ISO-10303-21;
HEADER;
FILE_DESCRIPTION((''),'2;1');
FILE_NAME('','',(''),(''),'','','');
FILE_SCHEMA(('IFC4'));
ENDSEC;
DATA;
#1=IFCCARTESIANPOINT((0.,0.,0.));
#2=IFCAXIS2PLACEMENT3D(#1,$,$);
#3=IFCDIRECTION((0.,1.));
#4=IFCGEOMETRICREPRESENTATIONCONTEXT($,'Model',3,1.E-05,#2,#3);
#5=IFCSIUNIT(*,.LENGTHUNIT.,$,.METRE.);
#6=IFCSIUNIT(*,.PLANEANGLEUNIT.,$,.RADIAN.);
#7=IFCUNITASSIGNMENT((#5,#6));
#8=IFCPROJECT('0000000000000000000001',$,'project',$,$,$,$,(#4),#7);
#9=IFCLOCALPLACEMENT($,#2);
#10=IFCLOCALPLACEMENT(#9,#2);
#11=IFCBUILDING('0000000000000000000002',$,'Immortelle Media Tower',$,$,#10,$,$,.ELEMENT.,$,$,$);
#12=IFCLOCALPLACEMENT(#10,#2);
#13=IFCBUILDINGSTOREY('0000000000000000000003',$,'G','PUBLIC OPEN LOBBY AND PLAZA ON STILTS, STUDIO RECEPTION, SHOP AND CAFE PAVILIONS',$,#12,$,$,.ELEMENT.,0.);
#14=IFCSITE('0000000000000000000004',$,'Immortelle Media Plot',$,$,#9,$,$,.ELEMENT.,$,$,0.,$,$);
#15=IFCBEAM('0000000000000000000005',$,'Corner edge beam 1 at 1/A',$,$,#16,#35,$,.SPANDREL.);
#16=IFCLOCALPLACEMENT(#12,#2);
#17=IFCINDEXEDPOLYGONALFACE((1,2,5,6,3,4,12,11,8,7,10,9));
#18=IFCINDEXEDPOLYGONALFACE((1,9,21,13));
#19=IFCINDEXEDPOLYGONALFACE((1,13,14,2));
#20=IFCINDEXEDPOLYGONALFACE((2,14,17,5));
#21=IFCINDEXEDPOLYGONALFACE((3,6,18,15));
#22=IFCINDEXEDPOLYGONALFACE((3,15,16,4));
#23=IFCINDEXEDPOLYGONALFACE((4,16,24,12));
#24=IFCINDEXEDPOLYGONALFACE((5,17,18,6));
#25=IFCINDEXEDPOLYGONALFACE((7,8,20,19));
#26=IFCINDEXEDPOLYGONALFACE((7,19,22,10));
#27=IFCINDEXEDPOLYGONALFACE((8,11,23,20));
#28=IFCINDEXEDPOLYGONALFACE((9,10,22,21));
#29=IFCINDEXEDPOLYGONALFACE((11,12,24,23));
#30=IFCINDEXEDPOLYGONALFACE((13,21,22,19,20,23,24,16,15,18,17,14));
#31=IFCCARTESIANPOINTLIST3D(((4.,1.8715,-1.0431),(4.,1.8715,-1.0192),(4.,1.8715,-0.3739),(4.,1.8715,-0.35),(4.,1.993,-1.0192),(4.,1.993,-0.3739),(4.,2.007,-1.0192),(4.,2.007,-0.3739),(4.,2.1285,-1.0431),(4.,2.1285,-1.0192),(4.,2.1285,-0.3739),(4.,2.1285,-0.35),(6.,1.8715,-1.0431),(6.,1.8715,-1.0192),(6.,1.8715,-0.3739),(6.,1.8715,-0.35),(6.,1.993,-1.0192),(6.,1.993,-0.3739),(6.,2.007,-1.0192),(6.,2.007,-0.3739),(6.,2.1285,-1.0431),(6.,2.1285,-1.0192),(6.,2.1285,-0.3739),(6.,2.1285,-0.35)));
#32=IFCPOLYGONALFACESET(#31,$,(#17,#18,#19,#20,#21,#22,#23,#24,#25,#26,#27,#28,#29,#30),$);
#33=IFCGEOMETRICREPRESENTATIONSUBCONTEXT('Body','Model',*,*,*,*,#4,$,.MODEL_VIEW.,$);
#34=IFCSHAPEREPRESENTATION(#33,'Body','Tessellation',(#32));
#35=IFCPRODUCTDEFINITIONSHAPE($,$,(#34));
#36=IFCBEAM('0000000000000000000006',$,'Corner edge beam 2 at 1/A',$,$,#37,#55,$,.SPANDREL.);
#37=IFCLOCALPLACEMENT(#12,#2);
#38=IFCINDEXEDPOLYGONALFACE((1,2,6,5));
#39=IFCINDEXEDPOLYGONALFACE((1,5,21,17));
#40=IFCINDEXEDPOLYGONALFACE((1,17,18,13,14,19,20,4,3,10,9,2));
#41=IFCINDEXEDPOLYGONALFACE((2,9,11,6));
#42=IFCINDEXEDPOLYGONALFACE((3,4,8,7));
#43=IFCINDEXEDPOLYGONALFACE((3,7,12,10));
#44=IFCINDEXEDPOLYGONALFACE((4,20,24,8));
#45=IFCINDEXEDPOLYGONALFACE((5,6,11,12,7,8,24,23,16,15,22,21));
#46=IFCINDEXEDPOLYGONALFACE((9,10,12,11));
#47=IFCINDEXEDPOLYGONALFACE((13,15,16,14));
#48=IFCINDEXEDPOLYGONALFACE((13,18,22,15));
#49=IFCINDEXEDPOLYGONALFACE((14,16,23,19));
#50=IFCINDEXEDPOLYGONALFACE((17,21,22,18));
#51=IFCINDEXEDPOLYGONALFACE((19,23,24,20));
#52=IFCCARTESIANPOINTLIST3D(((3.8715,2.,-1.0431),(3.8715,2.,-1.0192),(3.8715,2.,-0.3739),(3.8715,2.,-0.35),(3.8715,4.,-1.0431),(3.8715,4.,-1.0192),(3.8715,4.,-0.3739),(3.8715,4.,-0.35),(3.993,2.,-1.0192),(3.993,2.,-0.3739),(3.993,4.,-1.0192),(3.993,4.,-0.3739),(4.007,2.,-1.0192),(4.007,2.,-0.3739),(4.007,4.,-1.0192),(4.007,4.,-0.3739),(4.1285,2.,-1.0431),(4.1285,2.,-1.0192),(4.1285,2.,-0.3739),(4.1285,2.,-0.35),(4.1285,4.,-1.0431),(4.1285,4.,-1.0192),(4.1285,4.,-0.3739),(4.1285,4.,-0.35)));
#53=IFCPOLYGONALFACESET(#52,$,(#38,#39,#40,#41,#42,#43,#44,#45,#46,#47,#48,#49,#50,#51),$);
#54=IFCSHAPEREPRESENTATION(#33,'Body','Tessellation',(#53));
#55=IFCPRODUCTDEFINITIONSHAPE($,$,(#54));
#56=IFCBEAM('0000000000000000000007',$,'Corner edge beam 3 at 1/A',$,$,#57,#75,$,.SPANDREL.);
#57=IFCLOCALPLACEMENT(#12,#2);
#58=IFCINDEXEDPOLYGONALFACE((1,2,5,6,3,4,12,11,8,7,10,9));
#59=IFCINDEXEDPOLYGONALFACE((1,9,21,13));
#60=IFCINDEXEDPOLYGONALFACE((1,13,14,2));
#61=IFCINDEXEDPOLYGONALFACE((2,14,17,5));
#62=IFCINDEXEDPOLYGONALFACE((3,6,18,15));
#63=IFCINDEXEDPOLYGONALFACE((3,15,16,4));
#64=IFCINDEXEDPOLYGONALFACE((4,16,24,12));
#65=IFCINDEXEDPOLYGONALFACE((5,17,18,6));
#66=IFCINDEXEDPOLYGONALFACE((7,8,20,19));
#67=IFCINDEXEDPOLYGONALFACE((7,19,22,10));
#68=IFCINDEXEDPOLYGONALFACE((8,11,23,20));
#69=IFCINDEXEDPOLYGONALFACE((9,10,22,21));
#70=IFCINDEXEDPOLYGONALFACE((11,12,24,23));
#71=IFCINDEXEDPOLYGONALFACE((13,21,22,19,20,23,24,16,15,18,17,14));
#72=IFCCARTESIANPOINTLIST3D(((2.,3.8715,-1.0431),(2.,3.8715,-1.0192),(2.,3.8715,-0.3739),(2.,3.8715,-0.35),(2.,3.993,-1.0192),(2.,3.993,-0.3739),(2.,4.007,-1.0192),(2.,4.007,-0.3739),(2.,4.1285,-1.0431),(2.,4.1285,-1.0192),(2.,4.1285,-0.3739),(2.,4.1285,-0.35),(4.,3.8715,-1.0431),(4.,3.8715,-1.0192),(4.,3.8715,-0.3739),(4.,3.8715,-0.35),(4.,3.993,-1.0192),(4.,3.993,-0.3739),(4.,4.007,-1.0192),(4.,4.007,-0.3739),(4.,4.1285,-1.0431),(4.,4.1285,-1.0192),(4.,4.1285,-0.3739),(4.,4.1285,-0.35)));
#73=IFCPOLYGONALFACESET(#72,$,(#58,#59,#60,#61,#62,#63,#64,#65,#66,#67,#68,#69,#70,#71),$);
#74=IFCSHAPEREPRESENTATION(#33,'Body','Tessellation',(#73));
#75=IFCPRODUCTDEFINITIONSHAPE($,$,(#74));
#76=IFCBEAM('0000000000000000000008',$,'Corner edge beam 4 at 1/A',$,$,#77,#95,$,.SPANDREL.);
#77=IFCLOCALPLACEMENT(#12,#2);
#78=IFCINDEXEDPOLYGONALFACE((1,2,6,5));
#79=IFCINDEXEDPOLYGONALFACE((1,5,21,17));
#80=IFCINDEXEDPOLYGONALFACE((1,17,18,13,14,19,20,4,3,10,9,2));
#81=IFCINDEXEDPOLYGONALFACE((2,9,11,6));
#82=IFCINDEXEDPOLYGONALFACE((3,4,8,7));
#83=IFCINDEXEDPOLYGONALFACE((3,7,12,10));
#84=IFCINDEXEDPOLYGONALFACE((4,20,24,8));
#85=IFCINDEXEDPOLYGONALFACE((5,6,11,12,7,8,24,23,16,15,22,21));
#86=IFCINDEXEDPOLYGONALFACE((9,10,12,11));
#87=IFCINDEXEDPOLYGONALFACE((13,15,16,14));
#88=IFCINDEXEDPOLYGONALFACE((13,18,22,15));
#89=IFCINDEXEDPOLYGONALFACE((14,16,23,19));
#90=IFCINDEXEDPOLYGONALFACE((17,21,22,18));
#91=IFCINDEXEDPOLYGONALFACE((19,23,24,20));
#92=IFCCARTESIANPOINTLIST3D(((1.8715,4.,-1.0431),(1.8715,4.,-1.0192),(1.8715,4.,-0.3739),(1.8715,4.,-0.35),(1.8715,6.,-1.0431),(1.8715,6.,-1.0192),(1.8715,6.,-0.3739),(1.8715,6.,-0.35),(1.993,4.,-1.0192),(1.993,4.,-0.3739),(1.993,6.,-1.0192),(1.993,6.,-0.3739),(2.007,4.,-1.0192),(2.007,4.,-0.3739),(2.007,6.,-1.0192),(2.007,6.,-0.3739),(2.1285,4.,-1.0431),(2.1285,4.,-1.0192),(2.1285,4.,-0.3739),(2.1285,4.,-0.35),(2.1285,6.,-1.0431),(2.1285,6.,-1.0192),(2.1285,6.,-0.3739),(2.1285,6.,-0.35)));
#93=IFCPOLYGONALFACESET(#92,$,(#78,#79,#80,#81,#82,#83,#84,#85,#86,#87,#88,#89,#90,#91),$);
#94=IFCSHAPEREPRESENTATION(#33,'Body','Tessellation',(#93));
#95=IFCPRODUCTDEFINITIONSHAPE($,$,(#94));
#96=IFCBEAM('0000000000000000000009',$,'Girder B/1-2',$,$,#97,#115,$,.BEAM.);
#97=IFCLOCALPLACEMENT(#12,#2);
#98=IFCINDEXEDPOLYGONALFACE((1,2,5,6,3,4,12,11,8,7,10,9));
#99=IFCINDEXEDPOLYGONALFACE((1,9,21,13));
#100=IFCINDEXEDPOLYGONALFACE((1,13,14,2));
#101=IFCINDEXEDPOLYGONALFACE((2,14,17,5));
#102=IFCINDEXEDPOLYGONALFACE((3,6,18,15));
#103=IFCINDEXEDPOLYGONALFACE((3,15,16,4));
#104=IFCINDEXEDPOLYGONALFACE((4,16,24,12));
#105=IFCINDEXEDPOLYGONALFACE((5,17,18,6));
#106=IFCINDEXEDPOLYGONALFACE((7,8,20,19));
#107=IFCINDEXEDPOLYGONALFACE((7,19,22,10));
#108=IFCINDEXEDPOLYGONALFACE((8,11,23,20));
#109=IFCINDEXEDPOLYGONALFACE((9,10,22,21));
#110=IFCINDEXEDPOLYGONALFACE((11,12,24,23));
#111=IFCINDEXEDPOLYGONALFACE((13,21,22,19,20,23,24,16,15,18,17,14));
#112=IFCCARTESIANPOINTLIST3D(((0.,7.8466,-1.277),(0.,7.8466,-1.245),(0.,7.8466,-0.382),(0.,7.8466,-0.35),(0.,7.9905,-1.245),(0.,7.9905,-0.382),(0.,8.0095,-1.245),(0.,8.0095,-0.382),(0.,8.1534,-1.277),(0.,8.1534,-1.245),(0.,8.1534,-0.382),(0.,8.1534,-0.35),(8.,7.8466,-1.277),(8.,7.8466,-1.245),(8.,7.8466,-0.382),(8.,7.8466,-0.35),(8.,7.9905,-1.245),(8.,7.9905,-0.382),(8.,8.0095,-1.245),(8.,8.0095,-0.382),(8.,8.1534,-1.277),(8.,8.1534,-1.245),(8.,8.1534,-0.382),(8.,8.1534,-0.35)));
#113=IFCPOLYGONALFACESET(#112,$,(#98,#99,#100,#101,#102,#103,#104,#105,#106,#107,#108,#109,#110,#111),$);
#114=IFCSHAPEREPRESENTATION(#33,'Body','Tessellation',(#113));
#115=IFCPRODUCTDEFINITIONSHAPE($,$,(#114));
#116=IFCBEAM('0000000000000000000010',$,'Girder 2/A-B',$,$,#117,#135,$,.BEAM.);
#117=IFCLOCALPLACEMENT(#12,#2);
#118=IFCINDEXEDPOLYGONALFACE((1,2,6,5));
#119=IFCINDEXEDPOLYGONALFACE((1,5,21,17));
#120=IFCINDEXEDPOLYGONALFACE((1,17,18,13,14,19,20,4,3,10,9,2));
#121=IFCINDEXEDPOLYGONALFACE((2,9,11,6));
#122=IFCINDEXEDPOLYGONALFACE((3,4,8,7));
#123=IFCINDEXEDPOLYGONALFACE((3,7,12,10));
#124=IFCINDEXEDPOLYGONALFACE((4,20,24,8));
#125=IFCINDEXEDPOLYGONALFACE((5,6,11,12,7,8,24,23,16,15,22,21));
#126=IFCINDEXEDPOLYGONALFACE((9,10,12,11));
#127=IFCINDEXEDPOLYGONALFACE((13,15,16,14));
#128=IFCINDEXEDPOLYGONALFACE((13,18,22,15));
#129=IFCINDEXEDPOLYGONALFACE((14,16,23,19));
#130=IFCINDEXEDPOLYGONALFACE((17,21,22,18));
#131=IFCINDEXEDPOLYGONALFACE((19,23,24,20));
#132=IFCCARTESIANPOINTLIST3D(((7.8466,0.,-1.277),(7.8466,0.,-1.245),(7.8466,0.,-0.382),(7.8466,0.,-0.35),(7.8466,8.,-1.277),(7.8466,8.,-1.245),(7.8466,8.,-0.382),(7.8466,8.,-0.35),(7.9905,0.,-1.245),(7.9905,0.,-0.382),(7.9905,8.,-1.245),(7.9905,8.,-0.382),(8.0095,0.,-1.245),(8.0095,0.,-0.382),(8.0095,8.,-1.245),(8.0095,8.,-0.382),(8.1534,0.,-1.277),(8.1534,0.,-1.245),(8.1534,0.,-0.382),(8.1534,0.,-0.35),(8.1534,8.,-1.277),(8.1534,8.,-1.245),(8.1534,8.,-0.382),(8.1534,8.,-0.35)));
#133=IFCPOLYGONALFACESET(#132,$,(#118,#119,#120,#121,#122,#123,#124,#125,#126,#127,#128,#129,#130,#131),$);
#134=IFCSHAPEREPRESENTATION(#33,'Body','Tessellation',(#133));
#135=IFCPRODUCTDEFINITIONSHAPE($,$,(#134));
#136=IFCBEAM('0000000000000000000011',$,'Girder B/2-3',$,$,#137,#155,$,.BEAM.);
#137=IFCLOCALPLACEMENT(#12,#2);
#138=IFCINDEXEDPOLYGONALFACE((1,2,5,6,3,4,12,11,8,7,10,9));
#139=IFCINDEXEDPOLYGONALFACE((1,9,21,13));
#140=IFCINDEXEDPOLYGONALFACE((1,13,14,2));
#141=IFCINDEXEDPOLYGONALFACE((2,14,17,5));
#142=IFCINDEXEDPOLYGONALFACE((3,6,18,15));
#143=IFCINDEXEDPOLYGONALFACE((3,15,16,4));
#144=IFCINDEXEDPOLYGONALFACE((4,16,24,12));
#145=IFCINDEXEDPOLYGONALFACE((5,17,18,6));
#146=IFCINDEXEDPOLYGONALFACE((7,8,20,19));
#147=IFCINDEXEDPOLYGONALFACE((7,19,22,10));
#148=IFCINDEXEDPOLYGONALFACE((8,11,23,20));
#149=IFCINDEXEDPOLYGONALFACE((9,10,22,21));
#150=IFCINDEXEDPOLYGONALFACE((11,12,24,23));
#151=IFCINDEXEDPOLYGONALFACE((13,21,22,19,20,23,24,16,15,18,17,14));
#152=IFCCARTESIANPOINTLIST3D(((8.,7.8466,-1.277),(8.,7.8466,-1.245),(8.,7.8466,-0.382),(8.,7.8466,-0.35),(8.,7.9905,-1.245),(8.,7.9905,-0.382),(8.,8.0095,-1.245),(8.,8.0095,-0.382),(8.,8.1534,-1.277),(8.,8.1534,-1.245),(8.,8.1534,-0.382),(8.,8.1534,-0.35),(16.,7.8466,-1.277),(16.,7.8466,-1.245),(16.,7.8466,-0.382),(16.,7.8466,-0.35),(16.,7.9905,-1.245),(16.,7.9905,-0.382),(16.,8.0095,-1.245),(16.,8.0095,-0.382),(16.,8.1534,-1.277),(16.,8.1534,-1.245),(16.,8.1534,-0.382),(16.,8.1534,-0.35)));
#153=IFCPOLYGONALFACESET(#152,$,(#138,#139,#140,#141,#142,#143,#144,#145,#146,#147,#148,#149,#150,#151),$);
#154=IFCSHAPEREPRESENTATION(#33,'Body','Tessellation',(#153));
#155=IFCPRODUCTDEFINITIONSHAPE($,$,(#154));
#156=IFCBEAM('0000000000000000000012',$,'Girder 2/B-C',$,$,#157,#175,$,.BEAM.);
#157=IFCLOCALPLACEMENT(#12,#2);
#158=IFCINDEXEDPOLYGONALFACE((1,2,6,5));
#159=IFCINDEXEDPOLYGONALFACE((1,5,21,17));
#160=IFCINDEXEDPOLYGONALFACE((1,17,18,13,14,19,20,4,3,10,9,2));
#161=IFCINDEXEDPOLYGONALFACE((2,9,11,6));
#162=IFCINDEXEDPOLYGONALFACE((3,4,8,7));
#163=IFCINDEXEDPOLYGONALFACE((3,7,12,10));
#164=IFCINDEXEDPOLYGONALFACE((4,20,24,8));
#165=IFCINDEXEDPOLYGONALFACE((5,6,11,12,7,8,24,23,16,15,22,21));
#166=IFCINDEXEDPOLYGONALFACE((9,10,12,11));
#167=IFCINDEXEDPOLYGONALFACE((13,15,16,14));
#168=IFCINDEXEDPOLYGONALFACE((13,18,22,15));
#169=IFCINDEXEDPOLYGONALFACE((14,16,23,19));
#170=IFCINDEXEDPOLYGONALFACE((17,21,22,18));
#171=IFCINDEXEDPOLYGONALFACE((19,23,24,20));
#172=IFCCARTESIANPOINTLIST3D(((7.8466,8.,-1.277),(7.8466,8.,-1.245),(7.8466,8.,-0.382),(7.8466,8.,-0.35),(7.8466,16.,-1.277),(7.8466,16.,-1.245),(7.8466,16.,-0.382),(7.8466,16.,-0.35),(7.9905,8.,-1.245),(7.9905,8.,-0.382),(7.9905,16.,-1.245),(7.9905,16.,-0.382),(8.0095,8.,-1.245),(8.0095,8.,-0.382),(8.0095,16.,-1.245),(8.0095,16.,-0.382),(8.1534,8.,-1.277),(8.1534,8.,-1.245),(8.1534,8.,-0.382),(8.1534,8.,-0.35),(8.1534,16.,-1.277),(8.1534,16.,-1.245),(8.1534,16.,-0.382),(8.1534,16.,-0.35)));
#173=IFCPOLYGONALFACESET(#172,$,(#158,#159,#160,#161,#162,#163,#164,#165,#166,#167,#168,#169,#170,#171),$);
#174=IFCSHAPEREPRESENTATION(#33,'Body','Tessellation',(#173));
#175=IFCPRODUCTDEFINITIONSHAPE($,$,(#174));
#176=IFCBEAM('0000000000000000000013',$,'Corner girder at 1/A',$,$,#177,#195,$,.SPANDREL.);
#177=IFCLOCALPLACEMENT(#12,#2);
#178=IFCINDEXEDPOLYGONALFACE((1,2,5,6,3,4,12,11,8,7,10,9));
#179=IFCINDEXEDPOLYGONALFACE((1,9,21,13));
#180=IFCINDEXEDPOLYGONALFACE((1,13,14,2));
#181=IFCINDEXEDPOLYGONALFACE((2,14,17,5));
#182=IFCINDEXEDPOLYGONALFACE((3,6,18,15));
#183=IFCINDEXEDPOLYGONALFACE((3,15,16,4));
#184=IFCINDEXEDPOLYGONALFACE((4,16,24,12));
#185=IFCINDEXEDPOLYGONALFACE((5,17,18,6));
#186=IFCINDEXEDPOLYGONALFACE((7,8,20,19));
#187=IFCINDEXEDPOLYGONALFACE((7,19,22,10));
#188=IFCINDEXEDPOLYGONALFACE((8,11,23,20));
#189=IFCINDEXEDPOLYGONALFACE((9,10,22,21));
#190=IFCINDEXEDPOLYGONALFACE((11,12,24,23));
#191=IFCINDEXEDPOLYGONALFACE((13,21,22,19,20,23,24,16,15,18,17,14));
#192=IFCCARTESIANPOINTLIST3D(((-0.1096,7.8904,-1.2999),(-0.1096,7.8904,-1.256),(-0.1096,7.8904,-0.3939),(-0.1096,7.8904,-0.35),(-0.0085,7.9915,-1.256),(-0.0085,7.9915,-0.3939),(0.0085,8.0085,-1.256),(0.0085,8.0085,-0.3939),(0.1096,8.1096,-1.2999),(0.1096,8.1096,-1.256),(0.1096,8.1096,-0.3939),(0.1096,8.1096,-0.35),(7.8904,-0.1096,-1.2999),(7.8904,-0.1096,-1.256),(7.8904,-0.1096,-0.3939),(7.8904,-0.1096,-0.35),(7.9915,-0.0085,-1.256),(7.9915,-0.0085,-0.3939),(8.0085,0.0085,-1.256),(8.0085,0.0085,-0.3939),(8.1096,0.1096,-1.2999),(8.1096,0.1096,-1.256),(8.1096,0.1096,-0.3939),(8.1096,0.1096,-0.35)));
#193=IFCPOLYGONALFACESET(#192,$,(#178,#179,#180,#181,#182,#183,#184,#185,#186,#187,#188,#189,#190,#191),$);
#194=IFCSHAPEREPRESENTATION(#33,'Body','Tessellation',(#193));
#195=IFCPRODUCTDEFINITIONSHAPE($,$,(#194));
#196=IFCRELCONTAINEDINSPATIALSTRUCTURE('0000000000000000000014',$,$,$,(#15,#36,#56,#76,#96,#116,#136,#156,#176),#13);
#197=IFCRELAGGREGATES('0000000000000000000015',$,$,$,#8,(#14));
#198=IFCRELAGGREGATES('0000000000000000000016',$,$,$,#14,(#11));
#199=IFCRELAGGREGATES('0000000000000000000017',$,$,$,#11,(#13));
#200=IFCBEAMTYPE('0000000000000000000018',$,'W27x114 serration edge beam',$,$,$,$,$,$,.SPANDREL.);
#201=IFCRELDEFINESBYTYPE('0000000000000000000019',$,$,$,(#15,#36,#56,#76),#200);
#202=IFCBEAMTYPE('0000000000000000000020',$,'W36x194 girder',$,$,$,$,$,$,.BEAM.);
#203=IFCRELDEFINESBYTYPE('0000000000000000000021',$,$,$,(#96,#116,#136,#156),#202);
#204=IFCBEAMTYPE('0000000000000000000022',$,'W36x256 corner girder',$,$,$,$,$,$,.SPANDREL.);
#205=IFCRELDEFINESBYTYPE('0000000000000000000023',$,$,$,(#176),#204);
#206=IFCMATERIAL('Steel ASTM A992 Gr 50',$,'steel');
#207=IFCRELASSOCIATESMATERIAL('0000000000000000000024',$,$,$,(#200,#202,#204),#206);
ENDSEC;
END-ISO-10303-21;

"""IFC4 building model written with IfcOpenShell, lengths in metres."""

from ifc_helpers import new_model, si_unit, direction, frame, origin, origin_2d, place, context, subcontext, project, spatial, i_section, extrude, material, material_profile, profile_set, type_object, element, save


model = new_model("IFC4")

# Units and contexts
model_context = context("Model", 3, precision=1e-05, world=origin(), true_north=direction((0.0, 1.0)))
body_context = subcontext(model_context, "Body", "Model", "MODEL_VIEW")
ifc_project = project(units=[si_unit("LENGTHUNIT", "METRE"), si_unit("PLANEANGLEUNIT", "RADIAN")], contexts=[model_context])

# Site, building, storey
site_placement = place(None, origin())
site = spatial("IfcSite", under=ifc_project, at=site_placement, Name="Immortelle Media Plot", CompositionType="ELEMENT", RefElevation=0.0)
building_placement = place(site_placement, origin())
building = spatial("IfcBuilding", under=site, at=building_placement, Name="Immortelle Media Tower", CompositionType="ELEMENT")
storey_placement = place(building_placement, origin())
storey = spatial("IfcBuildingStorey", under=building, at=storey_placement, Name="G", Description="PUBLIC OPEN LOBBY AND PLAZA ON STILTS, STUDIO RECEPTION, SHOP AND CAFE PAVILIONS", CompositionType="ELEMENT", Elevation=0.0)

# Beams
ifc_material_1 = material(Name="Steel ASTM A992 Gr 50", Category="steel")
ifc_material_profile_1 = material_profile(ifc_material_1, i_section(OverallWidth=0.2571, OverallDepth=0.6931, WebThickness=0.0139, FlangeThickness=0.0239, at=origin_2d()), Name="W27x114")
ifc_profile_set_1 = profile_set([ifc_material_profile_1], Name="Steel ASTM A992 Gr 50")
beam_type_1 = type_object("IfcBeamType", Name="W27x114 serration edge beam", PredefinedType="SPANDREL", material=ifc_profile_set_1)
for number, where, z_axis, x_axis, name in (
    (1, (6.0, 2.0, -0.6965), (-1.0, 0.0, 0.0), (0.0, -1.0, 0.0), "Corner edge beam 1 at 1/A"),
    (2, (4.0, 2.0, -0.6965), (0.0, 1.0, 0.0), (-1.0, 0.0, 0.0), "Corner edge beam 2 at 1/A"),
    (3, (4.0, 4.0, -0.6965), (-1.0, 0.0, 0.0), (0.0, -1.0, 0.0), "Corner edge beam 3 at 1/A"),
    (4, (2.0, 4.0, -0.6965), (0.0, 1.0, 0.0), (-1.0, 0.0, 0.0), "Corner edge beam 4 at 1/A"),
):
    element("IfcBeam", number, at=place(storey_placement, frame(where, z_axis=z_axis, x_axis=x_axis)), inside=storey, type_object=beam_type_1, Name=name, PredefinedType="SPANDREL", context=body_context, shape_type="SweptSolid", body=[
        extrude(i_section(OverallWidth=0.2571, OverallDepth=0.6931, WebThickness=0.0139, FlangeThickness=0.0239, at=origin_2d()), origin(), (0.0, 0.0, 1.0), 2.0),
    ])
ifc_material_profile_2 = material_profile(ifc_material_1, i_section(OverallWidth=0.3069, OverallDepth=0.927, WebThickness=0.019, FlangeThickness=0.032, at=origin_2d()), Name="W36x194")
ifc_profile_set_2 = profile_set([ifc_material_profile_2], Name="Steel ASTM A992 Gr 50")
beam_type_2 = type_object("IfcBeamType", Name="W36x194 girder", PredefinedType="BEAM", material=ifc_profile_set_2)
for number, where, z_axis, x_axis, name in (
    (5, (0.0, 8.0, -0.8135), (1.0, 0.0, 0.0), (0.0, 1.0, 0.0), "Girder B/1-2"),
    (6, (8.0, 0.0, -0.8135), (0.0, 1.0, 0.0), (-1.0, 0.0, 0.0), "Girder 2/A-B"),
    (7, (8.0, 8.0, -0.8135), (1.0, 0.0, 0.0), (0.0, 1.0, 0.0), "Girder B/2-3"),
    (8, (8.0, 8.0, -0.8135), (0.0, 1.0, 0.0), (-1.0, 0.0, 0.0), "Girder 2/B-C"),
):
    element("IfcBeam", number, at=place(storey_placement, frame(where, z_axis=z_axis, x_axis=x_axis)), inside=storey, type_object=beam_type_2, Name=name, PredefinedType="BEAM", context=body_context, shape_type="SweptSolid", body=[
        extrude(i_section(OverallWidth=0.3069, OverallDepth=0.927, WebThickness=0.019, FlangeThickness=0.032, at=origin_2d()), origin(), (0.0, 0.0, 1.0), 8.0),
    ])
ifc_material_profile_3 = material_profile(ifc_material_1, i_section(OverallWidth=0.3101, OverallDepth=0.95, WebThickness=0.0239, FlangeThickness=0.0439, at=origin_2d()), Name="W36x256")
ifc_profile_set_3 = profile_set([ifc_material_profile_3], Name="Steel ASTM A992 Gr 50")
beam_type_3 = type_object("IfcBeamType", Name="W36x256 corner girder", PredefinedType="SPANDREL", material=ifc_profile_set_3)
beam_1_placement = place(storey_placement, frame((8.0, 0.0, -0.825), z_axis=(-0.707107, 0.707107, 0.0), x_axis=(-0.707107, -0.707107, 0.0)))
element("IfcBeam", 9, at=beam_1_placement, inside=storey, type_object=beam_type_3, Name="Corner girder at 1/A", PredefinedType="SPANDREL", context=body_context, shape_type="SweptSolid", body=[
    extrude(i_section(OverallWidth=0.3101, OverallDepth=0.95, WebThickness=0.0239, FlangeThickness=0.0439, at=origin_2d()), origin(), (0.0, 0.0, 1.0), 11.3137),
])

save(model, "model.ifc")
